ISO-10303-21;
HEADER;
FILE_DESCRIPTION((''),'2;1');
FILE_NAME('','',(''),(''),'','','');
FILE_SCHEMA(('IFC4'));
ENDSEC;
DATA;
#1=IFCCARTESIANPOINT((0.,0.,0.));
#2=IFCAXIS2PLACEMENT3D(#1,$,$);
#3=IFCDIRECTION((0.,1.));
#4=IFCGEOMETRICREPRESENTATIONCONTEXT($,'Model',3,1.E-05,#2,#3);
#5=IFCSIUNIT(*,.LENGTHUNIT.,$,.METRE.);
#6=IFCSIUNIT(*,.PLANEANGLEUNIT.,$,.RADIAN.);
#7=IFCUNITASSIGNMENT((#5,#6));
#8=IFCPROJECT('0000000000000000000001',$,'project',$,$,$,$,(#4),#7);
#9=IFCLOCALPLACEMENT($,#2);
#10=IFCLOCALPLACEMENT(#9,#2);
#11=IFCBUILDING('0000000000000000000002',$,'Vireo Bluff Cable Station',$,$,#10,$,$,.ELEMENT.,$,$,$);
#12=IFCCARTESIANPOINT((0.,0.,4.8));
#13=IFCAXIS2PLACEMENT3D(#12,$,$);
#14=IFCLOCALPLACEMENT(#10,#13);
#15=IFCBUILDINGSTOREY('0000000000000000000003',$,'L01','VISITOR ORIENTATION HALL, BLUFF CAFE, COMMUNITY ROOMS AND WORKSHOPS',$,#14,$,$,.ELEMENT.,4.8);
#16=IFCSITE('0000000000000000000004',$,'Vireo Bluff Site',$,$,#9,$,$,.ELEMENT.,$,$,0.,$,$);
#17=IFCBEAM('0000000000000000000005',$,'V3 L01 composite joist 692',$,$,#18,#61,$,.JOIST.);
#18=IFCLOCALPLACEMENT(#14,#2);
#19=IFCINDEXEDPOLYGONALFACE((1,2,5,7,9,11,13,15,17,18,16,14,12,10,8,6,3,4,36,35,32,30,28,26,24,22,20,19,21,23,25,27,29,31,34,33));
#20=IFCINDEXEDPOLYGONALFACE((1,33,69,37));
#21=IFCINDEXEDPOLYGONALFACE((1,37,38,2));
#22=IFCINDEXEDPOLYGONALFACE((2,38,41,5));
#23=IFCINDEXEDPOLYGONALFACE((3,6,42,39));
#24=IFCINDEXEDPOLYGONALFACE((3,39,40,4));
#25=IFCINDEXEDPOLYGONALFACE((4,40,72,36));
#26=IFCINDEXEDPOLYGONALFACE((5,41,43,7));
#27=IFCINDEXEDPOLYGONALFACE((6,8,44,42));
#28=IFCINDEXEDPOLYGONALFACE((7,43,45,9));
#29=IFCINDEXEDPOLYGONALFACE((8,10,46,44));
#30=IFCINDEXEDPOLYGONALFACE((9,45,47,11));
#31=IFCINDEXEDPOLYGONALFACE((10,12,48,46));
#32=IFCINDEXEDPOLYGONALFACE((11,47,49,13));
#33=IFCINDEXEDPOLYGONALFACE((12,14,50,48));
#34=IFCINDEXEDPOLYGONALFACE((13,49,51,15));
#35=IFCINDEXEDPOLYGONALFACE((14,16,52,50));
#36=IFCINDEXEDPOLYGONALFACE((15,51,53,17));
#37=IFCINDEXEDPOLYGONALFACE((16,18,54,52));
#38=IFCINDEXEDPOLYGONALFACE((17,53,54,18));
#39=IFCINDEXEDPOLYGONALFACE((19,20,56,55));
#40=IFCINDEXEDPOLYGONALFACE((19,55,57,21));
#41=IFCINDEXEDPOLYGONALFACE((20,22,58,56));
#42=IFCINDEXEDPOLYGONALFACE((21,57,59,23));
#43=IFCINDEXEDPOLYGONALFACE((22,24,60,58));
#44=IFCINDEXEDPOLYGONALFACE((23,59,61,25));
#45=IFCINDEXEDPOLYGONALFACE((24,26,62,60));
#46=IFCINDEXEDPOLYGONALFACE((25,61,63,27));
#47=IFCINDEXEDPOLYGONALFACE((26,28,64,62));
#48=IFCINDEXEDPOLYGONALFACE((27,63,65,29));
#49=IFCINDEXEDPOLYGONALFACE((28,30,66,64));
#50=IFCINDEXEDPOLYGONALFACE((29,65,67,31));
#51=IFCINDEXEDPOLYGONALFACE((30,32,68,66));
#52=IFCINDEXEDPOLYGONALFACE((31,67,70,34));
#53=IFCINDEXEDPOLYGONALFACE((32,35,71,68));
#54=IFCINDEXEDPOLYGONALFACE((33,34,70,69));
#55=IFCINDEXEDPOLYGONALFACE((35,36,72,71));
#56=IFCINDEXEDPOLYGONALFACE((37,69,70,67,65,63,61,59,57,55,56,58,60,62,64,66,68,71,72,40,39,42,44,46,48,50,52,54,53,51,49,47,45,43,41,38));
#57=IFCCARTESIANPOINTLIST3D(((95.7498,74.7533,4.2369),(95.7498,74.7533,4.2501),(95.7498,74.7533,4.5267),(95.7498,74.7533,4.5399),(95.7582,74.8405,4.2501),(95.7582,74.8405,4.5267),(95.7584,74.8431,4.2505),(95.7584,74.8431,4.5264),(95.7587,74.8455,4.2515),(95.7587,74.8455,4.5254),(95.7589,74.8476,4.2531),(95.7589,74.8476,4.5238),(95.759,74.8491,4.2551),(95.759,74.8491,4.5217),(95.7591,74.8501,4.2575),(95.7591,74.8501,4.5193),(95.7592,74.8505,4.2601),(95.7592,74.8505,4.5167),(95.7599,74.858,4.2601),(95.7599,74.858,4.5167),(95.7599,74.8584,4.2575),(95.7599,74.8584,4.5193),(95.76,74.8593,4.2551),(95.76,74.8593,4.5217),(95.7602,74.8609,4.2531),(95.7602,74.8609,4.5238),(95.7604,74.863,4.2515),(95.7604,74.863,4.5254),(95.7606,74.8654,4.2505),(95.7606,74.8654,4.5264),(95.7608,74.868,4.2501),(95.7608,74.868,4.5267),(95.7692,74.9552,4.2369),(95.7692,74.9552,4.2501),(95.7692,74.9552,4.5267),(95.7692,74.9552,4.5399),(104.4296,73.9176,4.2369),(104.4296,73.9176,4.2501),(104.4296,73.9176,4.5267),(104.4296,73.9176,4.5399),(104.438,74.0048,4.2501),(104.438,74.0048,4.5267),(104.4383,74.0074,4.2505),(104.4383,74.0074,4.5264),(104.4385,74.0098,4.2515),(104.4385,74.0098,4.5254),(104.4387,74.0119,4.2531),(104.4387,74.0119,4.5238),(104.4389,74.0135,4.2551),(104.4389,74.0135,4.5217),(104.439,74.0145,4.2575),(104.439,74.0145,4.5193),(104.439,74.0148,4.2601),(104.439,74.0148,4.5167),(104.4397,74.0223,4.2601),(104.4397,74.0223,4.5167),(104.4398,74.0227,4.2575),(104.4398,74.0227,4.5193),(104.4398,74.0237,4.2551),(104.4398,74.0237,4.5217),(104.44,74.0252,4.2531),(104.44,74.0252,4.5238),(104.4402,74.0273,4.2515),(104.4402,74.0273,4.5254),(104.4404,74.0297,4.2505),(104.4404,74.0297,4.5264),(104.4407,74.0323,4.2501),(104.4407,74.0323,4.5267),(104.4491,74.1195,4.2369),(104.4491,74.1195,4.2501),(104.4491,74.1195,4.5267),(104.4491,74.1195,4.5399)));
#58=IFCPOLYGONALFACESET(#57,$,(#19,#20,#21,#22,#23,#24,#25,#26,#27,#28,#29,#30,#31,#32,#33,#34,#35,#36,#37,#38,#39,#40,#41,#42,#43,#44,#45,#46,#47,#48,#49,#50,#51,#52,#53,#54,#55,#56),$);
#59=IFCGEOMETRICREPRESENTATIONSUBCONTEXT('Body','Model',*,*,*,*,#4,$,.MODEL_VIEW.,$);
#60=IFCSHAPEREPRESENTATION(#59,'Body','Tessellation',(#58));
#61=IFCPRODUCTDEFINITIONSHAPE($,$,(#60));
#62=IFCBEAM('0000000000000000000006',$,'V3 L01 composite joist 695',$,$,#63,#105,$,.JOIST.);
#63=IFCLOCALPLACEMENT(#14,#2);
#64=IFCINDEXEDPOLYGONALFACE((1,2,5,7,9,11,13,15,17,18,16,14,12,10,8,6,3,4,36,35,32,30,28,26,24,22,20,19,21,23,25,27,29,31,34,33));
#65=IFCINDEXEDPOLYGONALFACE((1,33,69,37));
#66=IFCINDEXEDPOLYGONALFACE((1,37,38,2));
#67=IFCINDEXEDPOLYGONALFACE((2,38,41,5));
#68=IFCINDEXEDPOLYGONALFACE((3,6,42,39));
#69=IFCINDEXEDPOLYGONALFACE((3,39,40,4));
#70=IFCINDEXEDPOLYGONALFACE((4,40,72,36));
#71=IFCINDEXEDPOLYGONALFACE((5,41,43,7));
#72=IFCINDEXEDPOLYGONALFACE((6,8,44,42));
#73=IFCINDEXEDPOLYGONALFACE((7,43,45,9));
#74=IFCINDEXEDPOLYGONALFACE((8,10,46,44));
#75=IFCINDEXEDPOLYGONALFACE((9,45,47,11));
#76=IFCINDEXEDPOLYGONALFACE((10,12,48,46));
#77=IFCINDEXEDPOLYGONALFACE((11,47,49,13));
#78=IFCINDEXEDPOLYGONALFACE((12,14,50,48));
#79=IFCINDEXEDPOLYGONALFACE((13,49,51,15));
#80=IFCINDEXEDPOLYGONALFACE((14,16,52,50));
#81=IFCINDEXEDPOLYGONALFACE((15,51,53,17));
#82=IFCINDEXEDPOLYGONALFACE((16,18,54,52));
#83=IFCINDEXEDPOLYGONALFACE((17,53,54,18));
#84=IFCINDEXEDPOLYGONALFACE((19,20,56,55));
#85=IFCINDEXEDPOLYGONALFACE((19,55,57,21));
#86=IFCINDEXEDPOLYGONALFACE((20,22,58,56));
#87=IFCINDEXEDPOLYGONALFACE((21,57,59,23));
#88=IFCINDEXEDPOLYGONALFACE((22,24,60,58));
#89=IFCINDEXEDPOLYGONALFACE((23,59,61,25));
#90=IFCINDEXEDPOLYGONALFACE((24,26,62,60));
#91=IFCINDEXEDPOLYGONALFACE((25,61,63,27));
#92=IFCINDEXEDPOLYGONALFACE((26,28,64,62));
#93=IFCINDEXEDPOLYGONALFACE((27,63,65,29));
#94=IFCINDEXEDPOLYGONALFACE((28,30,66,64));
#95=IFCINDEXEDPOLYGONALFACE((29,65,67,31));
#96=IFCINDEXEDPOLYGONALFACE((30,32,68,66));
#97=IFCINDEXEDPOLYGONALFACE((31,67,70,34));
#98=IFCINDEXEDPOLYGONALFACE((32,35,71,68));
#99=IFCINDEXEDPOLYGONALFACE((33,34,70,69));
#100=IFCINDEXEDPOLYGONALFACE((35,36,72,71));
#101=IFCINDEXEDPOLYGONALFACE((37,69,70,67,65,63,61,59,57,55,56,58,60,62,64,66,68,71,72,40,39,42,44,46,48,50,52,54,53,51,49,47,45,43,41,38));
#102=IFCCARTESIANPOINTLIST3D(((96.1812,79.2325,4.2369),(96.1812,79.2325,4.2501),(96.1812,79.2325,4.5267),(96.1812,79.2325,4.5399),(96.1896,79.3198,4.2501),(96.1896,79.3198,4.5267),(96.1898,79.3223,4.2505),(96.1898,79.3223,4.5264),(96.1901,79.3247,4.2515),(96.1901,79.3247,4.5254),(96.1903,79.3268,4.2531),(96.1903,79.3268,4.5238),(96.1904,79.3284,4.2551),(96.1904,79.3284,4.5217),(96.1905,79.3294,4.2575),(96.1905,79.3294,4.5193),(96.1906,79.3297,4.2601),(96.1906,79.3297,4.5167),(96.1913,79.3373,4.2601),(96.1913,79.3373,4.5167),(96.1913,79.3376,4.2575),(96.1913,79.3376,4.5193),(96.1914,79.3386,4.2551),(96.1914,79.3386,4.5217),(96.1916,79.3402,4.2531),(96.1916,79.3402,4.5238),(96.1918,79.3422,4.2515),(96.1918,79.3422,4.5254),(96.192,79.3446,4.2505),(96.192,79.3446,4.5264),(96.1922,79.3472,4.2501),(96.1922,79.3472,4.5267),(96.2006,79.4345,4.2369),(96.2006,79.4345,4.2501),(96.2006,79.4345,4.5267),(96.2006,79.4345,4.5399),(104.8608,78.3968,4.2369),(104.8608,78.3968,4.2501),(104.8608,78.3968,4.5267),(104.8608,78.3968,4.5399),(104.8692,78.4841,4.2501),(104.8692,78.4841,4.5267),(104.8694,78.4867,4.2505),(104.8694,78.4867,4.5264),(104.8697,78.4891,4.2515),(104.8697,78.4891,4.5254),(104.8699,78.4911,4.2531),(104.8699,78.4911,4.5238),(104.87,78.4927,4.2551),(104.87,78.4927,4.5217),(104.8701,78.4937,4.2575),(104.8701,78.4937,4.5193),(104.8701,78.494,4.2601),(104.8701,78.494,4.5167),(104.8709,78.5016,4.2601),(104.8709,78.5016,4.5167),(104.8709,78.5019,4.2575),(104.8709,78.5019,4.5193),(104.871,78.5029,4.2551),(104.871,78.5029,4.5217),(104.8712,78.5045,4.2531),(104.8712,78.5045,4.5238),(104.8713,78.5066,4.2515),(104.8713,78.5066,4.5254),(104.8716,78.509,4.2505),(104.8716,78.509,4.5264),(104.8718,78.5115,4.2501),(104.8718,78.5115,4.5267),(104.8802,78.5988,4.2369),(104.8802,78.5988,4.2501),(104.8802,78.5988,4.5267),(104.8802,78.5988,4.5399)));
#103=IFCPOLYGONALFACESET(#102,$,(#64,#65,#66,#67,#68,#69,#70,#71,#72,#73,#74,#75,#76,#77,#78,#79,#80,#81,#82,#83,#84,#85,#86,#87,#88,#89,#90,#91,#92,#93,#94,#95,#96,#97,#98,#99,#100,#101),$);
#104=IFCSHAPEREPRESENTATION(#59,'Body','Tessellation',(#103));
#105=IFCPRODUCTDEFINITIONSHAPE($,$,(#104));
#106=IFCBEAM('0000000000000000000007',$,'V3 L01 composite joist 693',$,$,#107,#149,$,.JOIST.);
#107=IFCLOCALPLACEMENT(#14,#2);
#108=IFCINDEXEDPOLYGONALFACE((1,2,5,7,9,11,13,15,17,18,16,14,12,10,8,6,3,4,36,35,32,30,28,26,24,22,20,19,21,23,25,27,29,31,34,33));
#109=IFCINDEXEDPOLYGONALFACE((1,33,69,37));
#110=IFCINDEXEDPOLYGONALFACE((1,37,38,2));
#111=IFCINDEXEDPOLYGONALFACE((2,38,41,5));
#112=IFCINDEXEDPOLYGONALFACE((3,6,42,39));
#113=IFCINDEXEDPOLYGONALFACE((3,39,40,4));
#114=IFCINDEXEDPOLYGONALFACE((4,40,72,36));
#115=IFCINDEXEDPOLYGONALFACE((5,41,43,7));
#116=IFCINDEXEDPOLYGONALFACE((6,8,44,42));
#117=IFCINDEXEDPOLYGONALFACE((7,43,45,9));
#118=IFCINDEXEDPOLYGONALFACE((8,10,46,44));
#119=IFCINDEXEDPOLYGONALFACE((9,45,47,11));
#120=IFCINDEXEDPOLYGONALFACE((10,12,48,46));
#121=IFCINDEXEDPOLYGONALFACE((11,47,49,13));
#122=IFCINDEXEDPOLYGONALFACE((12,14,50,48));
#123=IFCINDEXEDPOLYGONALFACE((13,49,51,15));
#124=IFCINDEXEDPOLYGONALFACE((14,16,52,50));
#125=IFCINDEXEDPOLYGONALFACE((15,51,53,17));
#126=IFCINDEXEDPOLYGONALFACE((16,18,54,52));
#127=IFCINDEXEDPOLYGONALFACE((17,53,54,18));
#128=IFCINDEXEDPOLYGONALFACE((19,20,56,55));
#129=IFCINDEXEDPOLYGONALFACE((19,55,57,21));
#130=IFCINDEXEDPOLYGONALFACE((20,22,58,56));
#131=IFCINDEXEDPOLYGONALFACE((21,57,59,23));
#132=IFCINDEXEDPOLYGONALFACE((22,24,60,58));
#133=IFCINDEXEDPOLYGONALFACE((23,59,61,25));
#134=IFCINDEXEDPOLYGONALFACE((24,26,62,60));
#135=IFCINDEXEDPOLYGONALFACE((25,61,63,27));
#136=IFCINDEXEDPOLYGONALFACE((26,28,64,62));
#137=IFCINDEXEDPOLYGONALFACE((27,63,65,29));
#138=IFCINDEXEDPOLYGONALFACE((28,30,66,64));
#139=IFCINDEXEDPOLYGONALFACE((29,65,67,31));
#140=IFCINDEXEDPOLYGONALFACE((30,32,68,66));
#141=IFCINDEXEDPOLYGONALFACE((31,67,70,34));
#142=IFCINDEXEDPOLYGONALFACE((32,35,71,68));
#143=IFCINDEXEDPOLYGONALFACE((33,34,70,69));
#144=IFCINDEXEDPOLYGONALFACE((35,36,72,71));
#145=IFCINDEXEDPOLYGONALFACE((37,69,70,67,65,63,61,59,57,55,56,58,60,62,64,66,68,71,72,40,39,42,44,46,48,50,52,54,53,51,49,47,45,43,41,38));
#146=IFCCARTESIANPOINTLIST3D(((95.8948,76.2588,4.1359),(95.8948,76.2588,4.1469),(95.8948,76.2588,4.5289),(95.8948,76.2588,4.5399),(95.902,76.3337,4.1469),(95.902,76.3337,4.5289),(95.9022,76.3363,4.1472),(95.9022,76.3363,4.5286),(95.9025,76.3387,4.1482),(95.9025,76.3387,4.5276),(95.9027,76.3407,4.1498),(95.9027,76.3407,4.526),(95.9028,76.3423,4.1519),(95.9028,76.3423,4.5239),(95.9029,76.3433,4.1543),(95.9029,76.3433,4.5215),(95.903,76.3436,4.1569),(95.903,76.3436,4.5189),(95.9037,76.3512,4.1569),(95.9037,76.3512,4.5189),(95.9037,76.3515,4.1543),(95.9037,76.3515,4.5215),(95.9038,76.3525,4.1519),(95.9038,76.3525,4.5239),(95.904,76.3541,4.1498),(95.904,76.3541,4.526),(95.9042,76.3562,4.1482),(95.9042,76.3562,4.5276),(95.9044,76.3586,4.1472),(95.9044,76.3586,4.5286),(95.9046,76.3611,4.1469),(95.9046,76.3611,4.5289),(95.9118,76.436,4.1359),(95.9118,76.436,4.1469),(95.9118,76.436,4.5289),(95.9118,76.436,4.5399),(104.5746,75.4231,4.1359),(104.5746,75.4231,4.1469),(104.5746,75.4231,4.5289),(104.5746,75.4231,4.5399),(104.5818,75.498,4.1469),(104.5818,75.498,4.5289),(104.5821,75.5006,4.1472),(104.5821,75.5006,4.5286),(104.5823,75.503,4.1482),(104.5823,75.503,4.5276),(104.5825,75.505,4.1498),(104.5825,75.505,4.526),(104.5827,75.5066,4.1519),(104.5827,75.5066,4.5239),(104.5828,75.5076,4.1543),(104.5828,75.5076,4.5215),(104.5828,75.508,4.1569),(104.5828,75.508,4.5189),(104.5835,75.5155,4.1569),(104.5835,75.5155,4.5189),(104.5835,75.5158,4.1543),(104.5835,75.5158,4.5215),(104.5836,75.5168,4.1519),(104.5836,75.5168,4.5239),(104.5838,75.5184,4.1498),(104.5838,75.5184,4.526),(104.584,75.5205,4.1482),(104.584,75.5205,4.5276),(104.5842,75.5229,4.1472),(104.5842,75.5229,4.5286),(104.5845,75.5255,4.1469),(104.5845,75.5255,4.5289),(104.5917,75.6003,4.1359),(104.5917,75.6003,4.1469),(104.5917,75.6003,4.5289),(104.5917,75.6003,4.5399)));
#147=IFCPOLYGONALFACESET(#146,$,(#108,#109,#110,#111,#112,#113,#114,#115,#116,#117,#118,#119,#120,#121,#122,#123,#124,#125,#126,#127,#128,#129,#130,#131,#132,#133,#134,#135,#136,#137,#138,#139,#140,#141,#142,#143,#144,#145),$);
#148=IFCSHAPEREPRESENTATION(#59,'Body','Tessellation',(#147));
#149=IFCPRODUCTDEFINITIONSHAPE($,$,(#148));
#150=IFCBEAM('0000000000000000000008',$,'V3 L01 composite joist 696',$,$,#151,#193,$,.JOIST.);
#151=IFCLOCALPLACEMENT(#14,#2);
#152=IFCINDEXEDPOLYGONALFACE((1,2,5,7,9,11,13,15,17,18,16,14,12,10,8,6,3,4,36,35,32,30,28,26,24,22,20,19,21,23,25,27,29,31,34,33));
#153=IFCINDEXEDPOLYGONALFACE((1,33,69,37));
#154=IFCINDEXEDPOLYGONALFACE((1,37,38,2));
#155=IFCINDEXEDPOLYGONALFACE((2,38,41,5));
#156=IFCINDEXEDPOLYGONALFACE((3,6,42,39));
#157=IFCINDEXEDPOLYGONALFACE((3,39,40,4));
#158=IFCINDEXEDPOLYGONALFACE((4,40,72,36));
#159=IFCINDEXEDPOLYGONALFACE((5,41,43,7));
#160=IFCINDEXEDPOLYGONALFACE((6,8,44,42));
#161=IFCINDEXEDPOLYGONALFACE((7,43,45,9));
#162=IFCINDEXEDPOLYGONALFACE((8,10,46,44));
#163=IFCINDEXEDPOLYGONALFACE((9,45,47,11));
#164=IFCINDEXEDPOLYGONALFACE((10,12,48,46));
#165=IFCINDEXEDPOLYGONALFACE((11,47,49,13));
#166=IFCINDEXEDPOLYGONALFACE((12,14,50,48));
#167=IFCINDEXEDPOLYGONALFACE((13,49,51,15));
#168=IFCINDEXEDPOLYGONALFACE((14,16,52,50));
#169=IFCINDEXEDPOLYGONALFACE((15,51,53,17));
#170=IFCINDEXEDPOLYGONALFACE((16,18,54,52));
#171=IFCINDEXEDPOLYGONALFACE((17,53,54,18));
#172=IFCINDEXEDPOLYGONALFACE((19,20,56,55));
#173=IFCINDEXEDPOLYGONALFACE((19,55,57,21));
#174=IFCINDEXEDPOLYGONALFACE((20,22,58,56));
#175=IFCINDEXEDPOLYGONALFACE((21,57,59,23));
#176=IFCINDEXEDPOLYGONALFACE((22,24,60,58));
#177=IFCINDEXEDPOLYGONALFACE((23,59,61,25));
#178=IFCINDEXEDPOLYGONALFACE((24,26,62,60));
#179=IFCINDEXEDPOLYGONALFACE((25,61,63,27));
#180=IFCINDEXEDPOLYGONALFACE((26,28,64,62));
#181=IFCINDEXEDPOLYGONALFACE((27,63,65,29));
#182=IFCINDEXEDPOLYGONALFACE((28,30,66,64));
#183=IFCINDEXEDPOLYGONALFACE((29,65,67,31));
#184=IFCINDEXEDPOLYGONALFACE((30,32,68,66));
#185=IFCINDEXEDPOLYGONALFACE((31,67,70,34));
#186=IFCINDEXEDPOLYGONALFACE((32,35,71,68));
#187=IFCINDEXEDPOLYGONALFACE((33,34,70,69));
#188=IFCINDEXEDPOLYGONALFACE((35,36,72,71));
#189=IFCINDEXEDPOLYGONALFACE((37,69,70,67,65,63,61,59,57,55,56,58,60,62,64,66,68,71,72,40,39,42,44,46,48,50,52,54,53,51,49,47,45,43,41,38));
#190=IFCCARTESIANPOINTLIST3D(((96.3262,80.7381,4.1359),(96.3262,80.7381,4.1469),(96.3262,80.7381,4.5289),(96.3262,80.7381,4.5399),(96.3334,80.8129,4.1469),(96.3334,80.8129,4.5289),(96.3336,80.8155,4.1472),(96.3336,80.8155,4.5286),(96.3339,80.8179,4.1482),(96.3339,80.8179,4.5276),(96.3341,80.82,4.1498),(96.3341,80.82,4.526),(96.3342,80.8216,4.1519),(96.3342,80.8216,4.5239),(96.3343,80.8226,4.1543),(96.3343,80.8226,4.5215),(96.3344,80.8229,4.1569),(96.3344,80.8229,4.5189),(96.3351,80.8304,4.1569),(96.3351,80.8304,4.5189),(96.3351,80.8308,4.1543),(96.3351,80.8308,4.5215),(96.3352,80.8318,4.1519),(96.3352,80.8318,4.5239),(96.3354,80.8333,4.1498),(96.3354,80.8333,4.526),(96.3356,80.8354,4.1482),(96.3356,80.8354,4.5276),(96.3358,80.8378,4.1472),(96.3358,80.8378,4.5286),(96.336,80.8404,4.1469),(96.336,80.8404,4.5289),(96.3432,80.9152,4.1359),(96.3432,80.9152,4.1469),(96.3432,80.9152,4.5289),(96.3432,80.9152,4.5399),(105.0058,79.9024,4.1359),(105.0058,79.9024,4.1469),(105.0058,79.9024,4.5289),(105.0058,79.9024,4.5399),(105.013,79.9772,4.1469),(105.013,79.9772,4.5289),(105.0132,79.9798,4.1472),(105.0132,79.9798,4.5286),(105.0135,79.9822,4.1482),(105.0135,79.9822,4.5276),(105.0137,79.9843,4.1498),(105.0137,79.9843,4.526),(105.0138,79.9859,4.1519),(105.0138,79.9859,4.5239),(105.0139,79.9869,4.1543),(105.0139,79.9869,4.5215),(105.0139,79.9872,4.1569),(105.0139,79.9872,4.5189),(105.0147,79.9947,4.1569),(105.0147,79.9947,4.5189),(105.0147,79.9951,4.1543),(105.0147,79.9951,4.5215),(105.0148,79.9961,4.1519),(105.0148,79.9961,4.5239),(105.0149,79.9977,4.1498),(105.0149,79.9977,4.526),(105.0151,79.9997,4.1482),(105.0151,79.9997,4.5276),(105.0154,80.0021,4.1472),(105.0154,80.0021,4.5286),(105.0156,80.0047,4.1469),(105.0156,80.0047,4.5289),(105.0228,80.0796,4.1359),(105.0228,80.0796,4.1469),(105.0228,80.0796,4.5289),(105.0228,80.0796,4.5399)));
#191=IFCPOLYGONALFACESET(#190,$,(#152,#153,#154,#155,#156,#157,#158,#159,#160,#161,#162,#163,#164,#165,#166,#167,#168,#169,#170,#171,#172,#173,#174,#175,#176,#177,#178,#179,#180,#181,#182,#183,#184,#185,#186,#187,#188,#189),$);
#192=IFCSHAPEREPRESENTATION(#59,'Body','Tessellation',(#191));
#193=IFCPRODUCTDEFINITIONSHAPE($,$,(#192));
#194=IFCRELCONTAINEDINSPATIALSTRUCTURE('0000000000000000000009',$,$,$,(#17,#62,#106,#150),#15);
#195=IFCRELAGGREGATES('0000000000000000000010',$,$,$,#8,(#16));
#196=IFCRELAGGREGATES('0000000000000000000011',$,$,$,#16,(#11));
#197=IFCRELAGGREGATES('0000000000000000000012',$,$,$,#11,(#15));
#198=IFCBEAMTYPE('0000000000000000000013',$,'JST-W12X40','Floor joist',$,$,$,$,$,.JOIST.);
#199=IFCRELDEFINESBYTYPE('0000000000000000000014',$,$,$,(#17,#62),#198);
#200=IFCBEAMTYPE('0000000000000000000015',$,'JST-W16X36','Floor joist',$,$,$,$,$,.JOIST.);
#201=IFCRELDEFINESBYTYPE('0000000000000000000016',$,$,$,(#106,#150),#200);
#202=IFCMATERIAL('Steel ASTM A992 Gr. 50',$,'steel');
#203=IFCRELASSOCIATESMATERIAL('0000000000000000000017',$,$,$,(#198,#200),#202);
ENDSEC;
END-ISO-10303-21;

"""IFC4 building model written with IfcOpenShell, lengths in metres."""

from ifc_helpers import new_model, si_unit, direction, frame, origin, origin_2d, place, context, subcontext, project, spatial, i_section, extrude, material, material_profile, profile_set, type_object, element, save


model = new_model("IFC4")

# Units and contexts
model_context = context("Model", 3, precision=1e-05, world=origin(), true_north=direction((0.0, 1.0)))
body_context = subcontext(model_context, "Body", "Model", "MODEL_VIEW")
ifc_project = project(units=[si_unit("LENGTHUNIT", "METRE"), si_unit("PLANEANGLEUNIT", "RADIAN")], contexts=[model_context])

# Site, building, storey
site_placement = place(None, origin())
site = spatial("IfcSite", under=ifc_project, at=site_placement, Name="Vireo Bluff Site", CompositionType="ELEMENT", RefElevation=0.0)
building_placement = place(site_placement, origin())
building = spatial("IfcBuilding", under=site, at=building_placement, Name="Vireo Bluff Cable Station", CompositionType="ELEMENT")
storey_placement = place(building_placement, frame((0.0, 0.0, 4.8)))
storey = spatial("IfcBuildingStorey", under=building, at=storey_placement, Name="L01", Description="VISITOR ORIENTATION HALL, BLUFF CAFE, COMMUNITY ROOMS AND WORKSHOPS", CompositionType="ELEMENT", Elevation=4.8)

# Shared definitions
ifc_material_1 = material(Name="Steel ASTM A992 Gr. 50", Category="steel")

# Beams
ifc_material_profile_1 = material_profile(ifc_material_1, i_section(OverallWidth=0.2029, OverallDepth=0.303, WebThickness=0.0076, FlangeThickness=0.0132, FilletRadius=0.01, at=origin_2d()), Name="W12X40")
ifc_profile_set_1 = profile_set([ifc_material_profile_1], Name="Steel ASTM A992 Gr. 50")
beam_type_1 = type_object("IfcBeamType", Name="JST-W12X40", Description="Floor joist", PredefinedType="JOIST", material=ifc_profile_set_1)
beam_1_placement = place(storey_placement, frame((95.7595, 74.8542, 4.3884), z_axis=(0.995397, -0.095836, 0.0), x_axis=(0.095836, 0.995397, 0.0)))
element("IfcBeam", 1, at=beam_1_placement, inside=storey, type_object=beam_type_1, Name="V3 L01 composite joist 692", PredefinedType="JOIST", context=body_context, shape_type="SweptSolid", body=[
    extrude(i_section(OverallWidth=0.2029, OverallDepth=0.303, WebThickness=0.0076, FlangeThickness=0.0132, FilletRadius=0.01, at=origin_2d()), origin(), (0.0, 0.0, 1.0), 8.72),
])
beam_2_placement = place(storey_placement, frame((96.1909, 79.3335, 4.3884), z_axis=(0.995397, -0.095838, 0.0), x_axis=(0.095838, 0.995397, 0.0)))
element("IfcBeam", 2, at=beam_2_placement, inside=storey, type_object=beam_type_1, Name="V3 L01 composite joist 695", PredefinedType="JOIST", context=body_context, shape_type="SweptSolid", body=[
    extrude(i_section(OverallWidth=0.2029, OverallDepth=0.303, WebThickness=0.0076, FlangeThickness=0.0132, FilletRadius=0.01, at=origin_2d()), origin(), (0.0, 0.0, 1.0), 8.7197),
])
ifc_material_profile_2 = material_profile(ifc_material_1, i_section(OverallWidth=0.178, OverallDepth=0.4041, WebThickness=0.0076, FlangeThickness=0.011, FilletRadius=0.01, at=origin_2d()), Name="W16X36")
ifc_profile_set_2 = profile_set([ifc_material_profile_2], Name="Steel ASTM A992 Gr. 50")
beam_type_2 = type_object("IfcBeamType", Name="JST-W16X36", Description="Floor joist", PredefinedType="JOIST", material=ifc_profile_set_2)
beam_3_placement = place(storey_placement, frame((95.9033, 76.3474, 4.3379), z_axis=(0.995397, -0.095836, 0.0), x_axis=(0.095836, 0.995397, 0.0)))
element("IfcBeam", 3, at=beam_3_placement, inside=storey, type_object=beam_type_2, Name="V3 L01 composite joist 693", PredefinedType="JOIST", context=body_context, shape_type="SweptSolid", body=[
    extrude(i_section(OverallWidth=0.178, OverallDepth=0.4041, WebThickness=0.0076, FlangeThickness=0.011, FilletRadius=0.01, at=origin_2d()), origin(), (0.0, 0.0, 1.0), 8.72),
])
beam_4_placement = place(storey_placement, frame((96.3347, 80.8267, 4.3379), z_axis=(0.995397, -0.095838, 0.0), x_axis=(0.095838, 0.995397, 0.0)))
element("IfcBeam", 4, at=beam_4_placement, inside=storey, type_object=beam_type_2, Name="V3 L01 composite joist 696", PredefinedType="JOIST", context=body_context, shape_type="SweptSolid", body=[
    extrude(i_section(OverallWidth=0.178, OverallDepth=0.4041, WebThickness=0.0076, FlangeThickness=0.011, FilletRadius=0.01, at=origin_2d()), origin(), (0.0, 0.0, 1.0), 8.7197),
])

save(model, "model.ifc")
